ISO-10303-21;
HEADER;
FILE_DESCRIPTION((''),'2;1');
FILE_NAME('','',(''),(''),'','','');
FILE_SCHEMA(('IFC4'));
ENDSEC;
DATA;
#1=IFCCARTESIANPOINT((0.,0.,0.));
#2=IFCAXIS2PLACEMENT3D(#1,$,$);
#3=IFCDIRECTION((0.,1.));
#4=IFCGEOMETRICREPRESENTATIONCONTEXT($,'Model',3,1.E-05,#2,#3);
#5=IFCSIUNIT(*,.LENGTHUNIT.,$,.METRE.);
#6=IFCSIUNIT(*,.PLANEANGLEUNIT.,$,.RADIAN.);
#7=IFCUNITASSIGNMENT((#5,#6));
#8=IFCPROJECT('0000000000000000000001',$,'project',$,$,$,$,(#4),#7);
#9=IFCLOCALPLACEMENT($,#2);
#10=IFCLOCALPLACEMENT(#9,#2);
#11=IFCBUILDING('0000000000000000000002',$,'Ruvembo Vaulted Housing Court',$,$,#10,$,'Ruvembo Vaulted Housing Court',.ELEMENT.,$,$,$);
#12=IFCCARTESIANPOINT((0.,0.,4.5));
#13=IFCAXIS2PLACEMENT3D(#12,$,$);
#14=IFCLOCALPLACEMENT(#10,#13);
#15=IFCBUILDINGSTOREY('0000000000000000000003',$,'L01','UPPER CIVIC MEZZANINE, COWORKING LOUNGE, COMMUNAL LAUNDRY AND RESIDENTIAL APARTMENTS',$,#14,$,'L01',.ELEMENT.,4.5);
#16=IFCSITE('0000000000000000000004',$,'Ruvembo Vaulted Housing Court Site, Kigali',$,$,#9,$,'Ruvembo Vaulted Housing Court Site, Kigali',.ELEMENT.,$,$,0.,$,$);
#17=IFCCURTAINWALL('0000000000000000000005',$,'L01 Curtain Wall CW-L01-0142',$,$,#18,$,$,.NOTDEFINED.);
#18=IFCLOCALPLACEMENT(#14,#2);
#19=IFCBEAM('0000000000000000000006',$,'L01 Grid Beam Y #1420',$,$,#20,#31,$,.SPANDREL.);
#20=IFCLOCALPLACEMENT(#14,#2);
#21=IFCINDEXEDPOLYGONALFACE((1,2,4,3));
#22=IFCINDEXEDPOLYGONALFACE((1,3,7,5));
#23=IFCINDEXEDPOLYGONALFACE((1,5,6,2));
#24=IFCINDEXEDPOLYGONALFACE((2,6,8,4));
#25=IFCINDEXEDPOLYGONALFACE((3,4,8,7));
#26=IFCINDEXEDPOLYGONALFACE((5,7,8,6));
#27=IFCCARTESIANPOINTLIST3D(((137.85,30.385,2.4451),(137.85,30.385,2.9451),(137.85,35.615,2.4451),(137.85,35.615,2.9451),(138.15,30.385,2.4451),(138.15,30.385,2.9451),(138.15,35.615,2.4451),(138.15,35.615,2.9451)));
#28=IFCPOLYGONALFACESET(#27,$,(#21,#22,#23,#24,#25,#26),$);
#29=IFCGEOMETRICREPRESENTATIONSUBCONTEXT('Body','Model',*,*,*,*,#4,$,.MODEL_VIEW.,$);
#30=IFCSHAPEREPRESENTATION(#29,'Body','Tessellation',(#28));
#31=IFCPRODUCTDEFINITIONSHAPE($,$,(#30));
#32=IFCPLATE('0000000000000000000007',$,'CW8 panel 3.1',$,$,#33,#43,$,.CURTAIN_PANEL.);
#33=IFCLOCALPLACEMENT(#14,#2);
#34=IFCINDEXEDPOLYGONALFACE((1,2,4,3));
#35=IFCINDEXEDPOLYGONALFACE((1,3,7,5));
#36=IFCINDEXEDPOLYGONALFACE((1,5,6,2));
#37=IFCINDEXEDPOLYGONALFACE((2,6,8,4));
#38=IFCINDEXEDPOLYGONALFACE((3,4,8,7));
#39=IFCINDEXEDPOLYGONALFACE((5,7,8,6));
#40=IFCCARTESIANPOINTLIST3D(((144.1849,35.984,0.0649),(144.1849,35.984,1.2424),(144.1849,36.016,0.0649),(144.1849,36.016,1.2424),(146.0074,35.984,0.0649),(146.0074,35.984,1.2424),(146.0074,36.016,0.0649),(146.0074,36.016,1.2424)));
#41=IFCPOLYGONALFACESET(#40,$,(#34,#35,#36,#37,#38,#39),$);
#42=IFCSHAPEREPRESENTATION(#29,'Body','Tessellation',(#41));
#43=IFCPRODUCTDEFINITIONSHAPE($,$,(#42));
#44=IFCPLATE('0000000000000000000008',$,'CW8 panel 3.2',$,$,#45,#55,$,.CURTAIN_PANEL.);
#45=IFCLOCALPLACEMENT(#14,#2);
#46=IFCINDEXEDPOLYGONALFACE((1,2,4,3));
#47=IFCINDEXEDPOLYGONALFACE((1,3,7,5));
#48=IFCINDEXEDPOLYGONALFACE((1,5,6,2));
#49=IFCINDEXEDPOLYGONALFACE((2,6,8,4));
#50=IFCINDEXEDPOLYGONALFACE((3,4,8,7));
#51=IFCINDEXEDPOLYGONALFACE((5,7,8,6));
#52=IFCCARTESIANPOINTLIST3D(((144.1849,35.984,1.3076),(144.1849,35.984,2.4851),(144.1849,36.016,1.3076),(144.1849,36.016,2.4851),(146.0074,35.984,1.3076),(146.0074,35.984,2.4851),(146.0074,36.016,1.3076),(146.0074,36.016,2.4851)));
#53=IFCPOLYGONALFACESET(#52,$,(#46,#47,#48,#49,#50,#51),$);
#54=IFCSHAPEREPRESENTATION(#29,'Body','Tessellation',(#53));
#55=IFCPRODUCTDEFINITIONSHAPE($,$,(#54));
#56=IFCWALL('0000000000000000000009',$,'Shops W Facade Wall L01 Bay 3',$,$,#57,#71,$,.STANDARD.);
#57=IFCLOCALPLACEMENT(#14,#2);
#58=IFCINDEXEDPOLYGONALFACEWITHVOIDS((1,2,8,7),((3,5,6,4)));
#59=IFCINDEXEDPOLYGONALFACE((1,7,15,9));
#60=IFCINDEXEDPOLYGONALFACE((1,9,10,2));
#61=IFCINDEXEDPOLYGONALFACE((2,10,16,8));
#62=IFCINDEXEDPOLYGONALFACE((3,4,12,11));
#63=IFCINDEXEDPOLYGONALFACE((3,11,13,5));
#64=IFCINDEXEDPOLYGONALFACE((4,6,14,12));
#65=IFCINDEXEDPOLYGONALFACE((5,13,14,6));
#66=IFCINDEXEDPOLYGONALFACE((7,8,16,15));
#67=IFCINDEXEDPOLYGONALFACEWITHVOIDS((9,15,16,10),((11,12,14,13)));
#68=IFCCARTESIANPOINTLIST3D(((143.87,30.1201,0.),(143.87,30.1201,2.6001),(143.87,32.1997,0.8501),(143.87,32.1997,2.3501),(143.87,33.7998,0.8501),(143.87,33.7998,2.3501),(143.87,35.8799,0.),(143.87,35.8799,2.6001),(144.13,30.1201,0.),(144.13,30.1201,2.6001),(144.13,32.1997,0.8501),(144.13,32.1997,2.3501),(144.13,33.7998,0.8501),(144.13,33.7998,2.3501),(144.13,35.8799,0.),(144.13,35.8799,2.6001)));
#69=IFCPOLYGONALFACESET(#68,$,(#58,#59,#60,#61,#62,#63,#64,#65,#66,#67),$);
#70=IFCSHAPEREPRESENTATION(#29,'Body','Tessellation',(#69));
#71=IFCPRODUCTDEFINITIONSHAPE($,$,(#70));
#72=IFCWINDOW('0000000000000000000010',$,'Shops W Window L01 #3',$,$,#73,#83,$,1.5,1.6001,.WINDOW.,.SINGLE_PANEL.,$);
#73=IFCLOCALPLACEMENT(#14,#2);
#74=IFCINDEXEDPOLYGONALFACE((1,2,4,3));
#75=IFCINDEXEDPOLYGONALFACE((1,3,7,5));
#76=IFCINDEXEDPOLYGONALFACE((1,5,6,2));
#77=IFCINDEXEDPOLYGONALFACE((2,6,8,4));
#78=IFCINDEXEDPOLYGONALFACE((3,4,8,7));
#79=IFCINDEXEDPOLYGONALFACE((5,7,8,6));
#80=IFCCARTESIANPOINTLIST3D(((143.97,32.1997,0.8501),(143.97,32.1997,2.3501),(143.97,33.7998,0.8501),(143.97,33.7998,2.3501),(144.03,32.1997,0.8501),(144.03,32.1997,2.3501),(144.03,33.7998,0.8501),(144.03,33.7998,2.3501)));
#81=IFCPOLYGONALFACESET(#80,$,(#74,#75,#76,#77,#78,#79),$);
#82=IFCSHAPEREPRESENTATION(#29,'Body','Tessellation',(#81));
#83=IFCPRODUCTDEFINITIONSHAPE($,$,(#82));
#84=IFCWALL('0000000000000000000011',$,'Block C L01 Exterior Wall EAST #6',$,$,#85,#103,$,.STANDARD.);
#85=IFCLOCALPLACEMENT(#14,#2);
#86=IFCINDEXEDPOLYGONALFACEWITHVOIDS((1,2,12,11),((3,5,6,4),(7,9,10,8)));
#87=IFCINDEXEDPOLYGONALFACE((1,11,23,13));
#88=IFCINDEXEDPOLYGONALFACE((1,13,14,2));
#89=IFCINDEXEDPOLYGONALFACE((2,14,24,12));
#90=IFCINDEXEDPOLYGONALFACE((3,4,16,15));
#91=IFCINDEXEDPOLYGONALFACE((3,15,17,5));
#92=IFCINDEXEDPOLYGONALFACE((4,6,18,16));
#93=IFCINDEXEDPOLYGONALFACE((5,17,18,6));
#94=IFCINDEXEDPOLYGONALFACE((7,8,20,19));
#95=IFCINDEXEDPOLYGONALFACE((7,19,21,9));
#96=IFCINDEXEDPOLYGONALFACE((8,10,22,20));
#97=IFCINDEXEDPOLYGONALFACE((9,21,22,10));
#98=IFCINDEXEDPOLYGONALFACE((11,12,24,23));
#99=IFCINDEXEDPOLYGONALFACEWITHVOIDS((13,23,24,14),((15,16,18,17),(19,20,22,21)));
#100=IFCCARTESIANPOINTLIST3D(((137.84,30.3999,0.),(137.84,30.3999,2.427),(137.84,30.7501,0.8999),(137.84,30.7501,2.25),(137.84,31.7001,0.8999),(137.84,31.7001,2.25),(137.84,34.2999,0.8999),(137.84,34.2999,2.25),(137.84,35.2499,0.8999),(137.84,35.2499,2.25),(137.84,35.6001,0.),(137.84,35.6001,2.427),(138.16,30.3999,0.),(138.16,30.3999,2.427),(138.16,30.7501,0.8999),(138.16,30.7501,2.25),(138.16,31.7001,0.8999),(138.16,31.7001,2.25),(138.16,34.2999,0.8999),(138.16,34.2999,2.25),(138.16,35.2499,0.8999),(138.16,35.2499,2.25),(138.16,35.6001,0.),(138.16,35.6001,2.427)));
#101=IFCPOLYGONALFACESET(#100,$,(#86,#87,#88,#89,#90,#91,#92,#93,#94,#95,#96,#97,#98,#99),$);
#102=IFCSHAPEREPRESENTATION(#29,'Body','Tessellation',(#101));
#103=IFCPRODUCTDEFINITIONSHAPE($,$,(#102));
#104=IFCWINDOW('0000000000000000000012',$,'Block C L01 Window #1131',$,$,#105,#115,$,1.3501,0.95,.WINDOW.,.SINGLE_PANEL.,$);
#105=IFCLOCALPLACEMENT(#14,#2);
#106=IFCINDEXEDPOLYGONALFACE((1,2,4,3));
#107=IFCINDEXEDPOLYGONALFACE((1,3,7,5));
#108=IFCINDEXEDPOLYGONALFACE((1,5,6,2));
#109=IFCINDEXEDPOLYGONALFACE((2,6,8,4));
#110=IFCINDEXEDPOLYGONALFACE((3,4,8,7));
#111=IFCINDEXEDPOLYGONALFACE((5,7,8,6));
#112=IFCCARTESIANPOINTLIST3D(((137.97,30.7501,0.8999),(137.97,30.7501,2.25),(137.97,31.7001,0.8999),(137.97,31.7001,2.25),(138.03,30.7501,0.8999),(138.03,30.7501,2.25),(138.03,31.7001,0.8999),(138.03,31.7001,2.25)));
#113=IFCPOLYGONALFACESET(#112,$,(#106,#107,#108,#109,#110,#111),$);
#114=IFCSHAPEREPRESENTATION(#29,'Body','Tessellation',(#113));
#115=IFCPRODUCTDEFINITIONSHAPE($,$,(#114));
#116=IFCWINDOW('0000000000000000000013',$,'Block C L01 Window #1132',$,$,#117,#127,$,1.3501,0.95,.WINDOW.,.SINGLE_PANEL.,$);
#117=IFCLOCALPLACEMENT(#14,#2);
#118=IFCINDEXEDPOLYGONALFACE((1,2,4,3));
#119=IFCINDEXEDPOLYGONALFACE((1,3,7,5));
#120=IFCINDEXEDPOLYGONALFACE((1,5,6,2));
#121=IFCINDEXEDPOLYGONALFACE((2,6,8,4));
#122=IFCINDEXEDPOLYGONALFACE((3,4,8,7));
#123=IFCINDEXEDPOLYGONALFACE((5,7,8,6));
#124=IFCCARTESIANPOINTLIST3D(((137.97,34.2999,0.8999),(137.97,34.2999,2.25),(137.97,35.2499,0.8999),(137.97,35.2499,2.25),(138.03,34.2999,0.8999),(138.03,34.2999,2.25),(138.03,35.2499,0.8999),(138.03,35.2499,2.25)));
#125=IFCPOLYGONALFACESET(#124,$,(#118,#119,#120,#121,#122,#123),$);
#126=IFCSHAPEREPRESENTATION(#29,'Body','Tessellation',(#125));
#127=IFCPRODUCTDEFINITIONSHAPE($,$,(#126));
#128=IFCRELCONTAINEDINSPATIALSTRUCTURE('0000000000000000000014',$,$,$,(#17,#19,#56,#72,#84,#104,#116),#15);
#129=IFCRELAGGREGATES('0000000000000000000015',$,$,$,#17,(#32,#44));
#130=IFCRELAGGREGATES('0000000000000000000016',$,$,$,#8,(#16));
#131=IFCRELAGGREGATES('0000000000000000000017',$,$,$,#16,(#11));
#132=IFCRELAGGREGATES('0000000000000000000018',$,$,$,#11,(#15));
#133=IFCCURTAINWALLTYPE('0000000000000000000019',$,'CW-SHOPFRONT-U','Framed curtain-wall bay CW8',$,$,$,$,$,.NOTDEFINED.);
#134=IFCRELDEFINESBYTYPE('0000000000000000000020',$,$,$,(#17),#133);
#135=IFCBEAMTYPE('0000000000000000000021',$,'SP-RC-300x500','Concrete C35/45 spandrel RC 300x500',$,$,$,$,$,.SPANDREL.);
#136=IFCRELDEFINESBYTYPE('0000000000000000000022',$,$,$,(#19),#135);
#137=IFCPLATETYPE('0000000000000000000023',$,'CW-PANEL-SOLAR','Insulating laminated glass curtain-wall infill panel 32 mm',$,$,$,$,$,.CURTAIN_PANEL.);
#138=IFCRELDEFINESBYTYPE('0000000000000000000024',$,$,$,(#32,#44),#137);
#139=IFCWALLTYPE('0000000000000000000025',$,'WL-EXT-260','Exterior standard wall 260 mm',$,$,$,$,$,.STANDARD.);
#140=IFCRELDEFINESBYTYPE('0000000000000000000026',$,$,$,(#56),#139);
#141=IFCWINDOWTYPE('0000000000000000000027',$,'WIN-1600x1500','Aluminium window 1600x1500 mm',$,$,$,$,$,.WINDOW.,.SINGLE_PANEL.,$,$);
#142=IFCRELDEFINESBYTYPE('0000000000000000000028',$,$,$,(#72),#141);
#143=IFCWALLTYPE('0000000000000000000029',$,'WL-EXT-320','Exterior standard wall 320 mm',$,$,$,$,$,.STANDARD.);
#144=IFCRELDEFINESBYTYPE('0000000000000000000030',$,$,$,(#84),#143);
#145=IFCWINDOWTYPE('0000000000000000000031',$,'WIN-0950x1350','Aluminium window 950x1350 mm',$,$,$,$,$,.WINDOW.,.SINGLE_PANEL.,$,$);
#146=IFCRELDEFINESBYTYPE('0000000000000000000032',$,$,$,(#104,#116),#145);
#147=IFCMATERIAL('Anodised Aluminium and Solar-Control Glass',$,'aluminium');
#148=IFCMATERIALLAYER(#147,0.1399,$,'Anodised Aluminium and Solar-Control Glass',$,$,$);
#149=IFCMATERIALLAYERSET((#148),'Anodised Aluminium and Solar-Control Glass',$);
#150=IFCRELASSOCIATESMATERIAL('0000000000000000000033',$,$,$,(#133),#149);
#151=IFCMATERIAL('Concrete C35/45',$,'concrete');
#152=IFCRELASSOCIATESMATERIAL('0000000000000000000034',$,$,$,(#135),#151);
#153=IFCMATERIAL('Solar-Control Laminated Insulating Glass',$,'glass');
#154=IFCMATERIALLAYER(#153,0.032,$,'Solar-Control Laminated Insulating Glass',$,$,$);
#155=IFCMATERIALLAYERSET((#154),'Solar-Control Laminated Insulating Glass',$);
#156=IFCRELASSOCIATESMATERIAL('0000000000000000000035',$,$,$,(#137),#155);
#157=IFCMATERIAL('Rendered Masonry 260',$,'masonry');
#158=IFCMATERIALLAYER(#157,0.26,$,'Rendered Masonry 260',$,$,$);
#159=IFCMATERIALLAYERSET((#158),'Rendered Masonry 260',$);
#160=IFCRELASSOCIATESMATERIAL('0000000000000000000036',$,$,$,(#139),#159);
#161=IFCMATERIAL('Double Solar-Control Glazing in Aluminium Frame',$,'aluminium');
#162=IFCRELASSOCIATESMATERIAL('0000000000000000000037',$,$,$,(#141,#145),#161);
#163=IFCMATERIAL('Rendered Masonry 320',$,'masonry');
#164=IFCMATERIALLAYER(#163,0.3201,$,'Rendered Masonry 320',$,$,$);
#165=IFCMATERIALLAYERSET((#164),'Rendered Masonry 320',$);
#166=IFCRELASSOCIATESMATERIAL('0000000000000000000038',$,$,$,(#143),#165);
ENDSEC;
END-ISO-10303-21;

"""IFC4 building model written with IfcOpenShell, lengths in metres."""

from ifc_helpers import new_model, si_unit, direction, frame, frame_2d, origin, origin_2d, place, context, subcontext, project, spatial, rectangle, extrude, material, layer, layer_set, material_profile, profile_set, type_object, element, fill, aggregate, save


model = new_model("IFC4")

# Units and contexts
model_context = context("Model", 3, precision=1e-05, world=origin(), true_north=direction((0.0, 1.0)))
body_context = subcontext(model_context, "Body", "Model", "MODEL_VIEW")
ifc_project = project(units=[si_unit("LENGTHUNIT", "METRE"), si_unit("PLANEANGLEUNIT", "RADIAN")], contexts=[model_context])

# Site, building, storey
site_placement = place(None, origin())
site = spatial("IfcSite", under=ifc_project, at=site_placement, Name="Ruvembo Vaulted Housing Court Site, Kigali", LongName="Ruvembo Vaulted Housing Court Site, Kigali", CompositionType="ELEMENT", RefElevation=0.0)
building_placement = place(site_placement, origin())
building = spatial("IfcBuilding", under=site, at=building_placement, Name="Ruvembo Vaulted Housing Court", LongName="Ruvembo Vaulted Housing Court", CompositionType="ELEMENT")
storey_placement = place(building_placement, frame((0.0, 0.0, 4.5)))
storey = spatial("IfcBuildingStorey", under=building, at=storey_placement, Name="L01", Description="UPPER CIVIC MEZZANINE, COWORKING LOUNGE, COMMUNAL LAUNDRY AND RESIDENTIAL APARTMENTS", LongName="L01", CompositionType="ELEMENT", Elevation=4.5)

# Curtain wall
ifc_material_1 = material(Name="Anodised Aluminium and Solar-Control Glass", Category="aluminium")
ifc_layer_1 = layer(ifc_material_1, 0.1399, Name="Anodised Aluminium and Solar-Control Glass")
ifc_layer_set_1 = layer_set([ifc_layer_1], Name="Anodised Aluminium and Solar-Control Glass")
curtain_wall_type = type_object("IfcCurtainWallType", Name="CW-SHOPFRONT-U", Description="Framed curtain-wall bay CW8", PredefinedType="NOTDEFINED", material=ifc_layer_set_1)
curtain_wall_placement = place(storey_placement, origin())
curtain_wall = element("IfcCurtainWall", 1, at=curtain_wall_placement, inside=storey, type_object=curtain_wall_type, Name="L01 Curtain Wall CW-L01-0142", PredefinedType="NOTDEFINED")

# Beam
ifc_material_2 = material(Name="Concrete C35/45", Category="concrete")
ifc_material_profile_1 = material_profile(ifc_material_2, rectangle(XDim=0.3, YDim=0.5, at=origin_2d()), Name="RC 300x500")
ifc_profile_set_1 = profile_set([ifc_material_profile_1], Name="Concrete C35/45")
beam_type_1 = type_object("IfcBeamType", Name="SP-RC-300x500", Description="Concrete C35/45 spandrel RC 300x500", PredefinedType="SPANDREL", material=ifc_profile_set_1)
beam_1_placement = place(storey_placement, frame((138.0, 30.385, 2.6951), z_axis=(0.0, 1.0, 0.0), x_axis=(-1.0, 0.0, 0.0)))
element("IfcBeam", 2, at=beam_1_placement, inside=storey, type_object=beam_type_1, Name="L01 Grid Beam Y #1420", PredefinedType="SPANDREL", context=body_context, shape_type="SweptSolid", body=[
    extrude(rectangle(XDim=0.3, YDim=0.5, at=origin_2d()), origin(), (0.0, 0.0, 1.0), 5.23),
])

# Plates
ifc_material_3 = material(Name="Solar-Control Laminated Insulating Glass", Category="glass")
ifc_layer_2 = layer(ifc_material_3, 0.032, Name="Solar-Control Laminated Insulating Glass")
ifc_layer_set_2 = layer_set([ifc_layer_2], Name="Solar-Control Laminated Insulating Glass")
plate_type = type_object("IfcPlateType", Name="CW-PANEL-SOLAR", Description="Insulating laminated glass curtain-wall infill panel 32 mm", PredefinedType="CURTAIN_PANEL", material=ifc_layer_set_2)
plate_1_placement = place(storey_placement, frame((145.0962, 36.0, 0.0649), z_axis=(0.0, 0.0, 1.0), x_axis=(-1.0, 0.0, 0.0)))
plate_1 = element("IfcPlate", 3, at=plate_1_placement, type_object=plate_type, Name="CW8 panel 3.1", PredefinedType="CURTAIN_PANEL", context=body_context, shape_type="SweptSolid", body=[
    extrude(rectangle(XDim=1.8225, YDim=0.032, at=origin_2d()), origin(), (0.0, 0.0, 1.0), 1.1775),
])
plate_2_placement = place(storey_placement, frame((145.0962, 36.0, 1.3076), z_axis=(0.0, 0.0, 1.0), x_axis=(-1.0, 0.0, 0.0)))
plate_2 = element("IfcPlate", 4, at=plate_2_placement, type_object=plate_type, Name="CW8 panel 3.2", PredefinedType="CURTAIN_PANEL", context=body_context, shape_type="SweptSolid", body=[
    extrude(rectangle(XDim=1.8225, YDim=0.032, at=origin_2d()), origin(), (0.0, 0.0, 1.0), 1.1775),
])
aggregate(curtain_wall, [plate_1, plate_2])

# Wall, opening, window
ifc_material_4 = material(Name="Rendered Masonry 260", Category="masonry")
ifc_layer_3 = layer(ifc_material_4, 0.26, Name="Rendered Masonry 260")
ifc_layer_set_3 = layer_set([ifc_layer_3], Name="Rendered Masonry 260")
wall_type_1 = type_object("IfcWallType", Name="WL-EXT-260", Description="Exterior standard wall 260 mm", PredefinedType="STANDARD", material=ifc_layer_set_3)
wall_1_placement = place(storey_placement, frame((144.0, 35.8799, 0.0), z_axis=(0.0, 0.0, 1.0), x_axis=(0.0, -1.0, 0.0)))
wall_1 = element("IfcWall", 5, at=wall_1_placement, inside=storey, type_object=wall_type_1, Name="Shops W Facade Wall L01 Bay 3", PredefinedType="STANDARD", context=body_context, shape_type="SweptSolid", body=[
    extrude(rectangle(XDim=5.7598, YDim=0.26, at=frame_2d((2.8799, 0.0))), origin(), (0.0, 0.0, 1.0), 2.6001),
])
opening_1_placement = place(wall_1_placement, frame((2.0801, 0.0, 0.8501)))
opening_1 = element("IfcOpeningElement", 6, at=opening_1_placement, cuts=wall_1, PredefinedType="OPENING", context=body_context, shape_type="SweptSolid", body=[
    extrude(rectangle(XDim=1.6001, YDim=1.5, at=frame_2d((0.8, 0.75))), frame((0.0, 0.1399, 0.0), z_axis=(0.0, -1.0, 0.0), x_axis=(1.0, 0.0, 0.0)), (0.0, 0.0, 1.0), 0.28),
])
ifc_material_5 = material(Name="Double Solar-Control Glazing in Aluminium Frame", Category="aluminium")
window_type_1 = type_object("IfcWindowType", Name="WIN-1600x1500", Description="Aluminium window 1600x1500 mm", PartitioningType="SINGLE_PANEL", PredefinedType="WINDOW", material=ifc_material_5)
window_1_placement = place(opening_1_placement, origin())
window_1 = element("IfcWindow", 7, at=window_1_placement, inside=storey, type_object=window_type_1, Name="Shops W Window L01 #3", OverallHeight=1.5, OverallWidth=1.6001, PartitioningType="SINGLE_PANEL", PredefinedType="WINDOW", context=body_context, shape_type="SweptSolid", body=[
    extrude(rectangle(XDim=1.6001, YDim=1.5, at=frame_2d((0.8, 0.75))), frame((0.0, 0.03, 0.0), z_axis=(0.0, -1.0, 0.0), x_axis=(1.0, 0.0, 0.0)), (0.0, 0.0, 1.0), 0.0601),
])
fill(opening_1, window_1)

# Wall, openings, windows
ifc_material_6 = material(Name="Rendered Masonry 320", Category="masonry")
ifc_layer_4 = layer(ifc_material_6, 0.3201, Name="Rendered Masonry 320")
ifc_layer_set_4 = layer_set([ifc_layer_4], Name="Rendered Masonry 320")
wall_type_2 = type_object("IfcWallType", Name="WL-EXT-320", Description="Exterior standard wall 320 mm", PredefinedType="STANDARD", material=ifc_layer_set_4)
wall_2_placement = place(storey_placement, frame((138.0, 30.3999, 0.0), z_axis=(0.0, 0.0, 1.0), x_axis=(0.0, 1.0, 0.0)))
wall_2 = element("IfcWall", 8, at=wall_2_placement, inside=storey, type_object=wall_type_2, Name="Block C L01 Exterior Wall EAST #6", PredefinedType="STANDARD", context=body_context, shape_type="SweptSolid", body=[
    extrude(rectangle(XDim=5.2002, YDim=0.3201, at=frame_2d((2.6001, 0.0))), origin(), (0.0, 0.0, 1.0), 2.427),
])
opening_2_placement = place(wall_2_placement, frame((0.3501, 0.0, 0.8999)))
opening_2 = element("IfcOpeningElement", 9, at=opening_2_placement, cuts=wall_2, PredefinedType="OPENING", context=body_context, shape_type="SweptSolid", body=[
    extrude(rectangle(XDim=0.95, YDim=1.3501, at=frame_2d((0.4751, 0.675))), frame((0.0, 0.1699, 0.0), z_axis=(0.0, -1.0, 0.0), x_axis=(1.0, 0.0, 0.0)), (0.0, 0.0, 1.0), 0.3401),
])
opening_3_placement = place(wall_2_placement, frame((3.8999, 0.0, 0.8999)))
opening_3 = element("IfcOpeningElement", 10, at=opening_3_placement, cuts=wall_2, PredefinedType="OPENING", context=body_context, shape_type="SweptSolid", body=[
    extrude(rectangle(XDim=0.95, YDim=1.3501, at=frame_2d((0.4751, 0.675))), frame((0.0, 0.1699, 0.0), z_axis=(0.0, -1.0, 0.0), x_axis=(1.0, 0.0, 0.0)), (0.0, 0.0, 1.0), 0.3401),
])
window_type_2 = type_object("IfcWindowType", Name="WIN-0950x1350", Description="Aluminium window 950x1350 mm", PartitioningType="SINGLE_PANEL", PredefinedType="WINDOW", material=ifc_material_5)
window_2_placement = place(opening_2_placement, origin())
window_2 = element("IfcWindow", 11, at=window_2_placement, inside=storey, type_object=window_type_2, Name="Block C L01 Window #1131", OverallHeight=1.3501, OverallWidth=0.95, PartitioningType="SINGLE_PANEL", PredefinedType="WINDOW", context=body_context, shape_type="SweptSolid", body=[
    extrude(rectangle(XDim=0.95, YDim=1.3501, at=frame_2d((0.4751, 0.675))), frame((0.0, 0.03, 0.0), z_axis=(0.0, -1.0, 0.0), x_axis=(1.0, 0.0, 0.0)), (0.0, 0.0, 1.0), 0.0601),
])
fill(opening_2, window_2)
window_3_placement = place(opening_3_placement, origin())
window_3 = element("IfcWindow", 12, at=window_3_placement, inside=storey, type_object=window_type_2, Name="Block C L01 Window #1132", OverallHeight=1.3501, OverallWidth=0.95, PartitioningType="SINGLE_PANEL", PredefinedType="WINDOW", context=body_context, shape_type="SweptSolid", body=[
    extrude(rectangle(XDim=0.95, YDim=1.3501, at=frame_2d((0.4751, 0.675))), frame((0.0, 0.03, 0.0), z_axis=(0.0, -1.0, 0.0), x_axis=(1.0, 0.0, 0.0)), (0.0, 0.0, 1.0), 0.0601),
])
fill(opening_3, window_3)

save(model, "model.ifc")
